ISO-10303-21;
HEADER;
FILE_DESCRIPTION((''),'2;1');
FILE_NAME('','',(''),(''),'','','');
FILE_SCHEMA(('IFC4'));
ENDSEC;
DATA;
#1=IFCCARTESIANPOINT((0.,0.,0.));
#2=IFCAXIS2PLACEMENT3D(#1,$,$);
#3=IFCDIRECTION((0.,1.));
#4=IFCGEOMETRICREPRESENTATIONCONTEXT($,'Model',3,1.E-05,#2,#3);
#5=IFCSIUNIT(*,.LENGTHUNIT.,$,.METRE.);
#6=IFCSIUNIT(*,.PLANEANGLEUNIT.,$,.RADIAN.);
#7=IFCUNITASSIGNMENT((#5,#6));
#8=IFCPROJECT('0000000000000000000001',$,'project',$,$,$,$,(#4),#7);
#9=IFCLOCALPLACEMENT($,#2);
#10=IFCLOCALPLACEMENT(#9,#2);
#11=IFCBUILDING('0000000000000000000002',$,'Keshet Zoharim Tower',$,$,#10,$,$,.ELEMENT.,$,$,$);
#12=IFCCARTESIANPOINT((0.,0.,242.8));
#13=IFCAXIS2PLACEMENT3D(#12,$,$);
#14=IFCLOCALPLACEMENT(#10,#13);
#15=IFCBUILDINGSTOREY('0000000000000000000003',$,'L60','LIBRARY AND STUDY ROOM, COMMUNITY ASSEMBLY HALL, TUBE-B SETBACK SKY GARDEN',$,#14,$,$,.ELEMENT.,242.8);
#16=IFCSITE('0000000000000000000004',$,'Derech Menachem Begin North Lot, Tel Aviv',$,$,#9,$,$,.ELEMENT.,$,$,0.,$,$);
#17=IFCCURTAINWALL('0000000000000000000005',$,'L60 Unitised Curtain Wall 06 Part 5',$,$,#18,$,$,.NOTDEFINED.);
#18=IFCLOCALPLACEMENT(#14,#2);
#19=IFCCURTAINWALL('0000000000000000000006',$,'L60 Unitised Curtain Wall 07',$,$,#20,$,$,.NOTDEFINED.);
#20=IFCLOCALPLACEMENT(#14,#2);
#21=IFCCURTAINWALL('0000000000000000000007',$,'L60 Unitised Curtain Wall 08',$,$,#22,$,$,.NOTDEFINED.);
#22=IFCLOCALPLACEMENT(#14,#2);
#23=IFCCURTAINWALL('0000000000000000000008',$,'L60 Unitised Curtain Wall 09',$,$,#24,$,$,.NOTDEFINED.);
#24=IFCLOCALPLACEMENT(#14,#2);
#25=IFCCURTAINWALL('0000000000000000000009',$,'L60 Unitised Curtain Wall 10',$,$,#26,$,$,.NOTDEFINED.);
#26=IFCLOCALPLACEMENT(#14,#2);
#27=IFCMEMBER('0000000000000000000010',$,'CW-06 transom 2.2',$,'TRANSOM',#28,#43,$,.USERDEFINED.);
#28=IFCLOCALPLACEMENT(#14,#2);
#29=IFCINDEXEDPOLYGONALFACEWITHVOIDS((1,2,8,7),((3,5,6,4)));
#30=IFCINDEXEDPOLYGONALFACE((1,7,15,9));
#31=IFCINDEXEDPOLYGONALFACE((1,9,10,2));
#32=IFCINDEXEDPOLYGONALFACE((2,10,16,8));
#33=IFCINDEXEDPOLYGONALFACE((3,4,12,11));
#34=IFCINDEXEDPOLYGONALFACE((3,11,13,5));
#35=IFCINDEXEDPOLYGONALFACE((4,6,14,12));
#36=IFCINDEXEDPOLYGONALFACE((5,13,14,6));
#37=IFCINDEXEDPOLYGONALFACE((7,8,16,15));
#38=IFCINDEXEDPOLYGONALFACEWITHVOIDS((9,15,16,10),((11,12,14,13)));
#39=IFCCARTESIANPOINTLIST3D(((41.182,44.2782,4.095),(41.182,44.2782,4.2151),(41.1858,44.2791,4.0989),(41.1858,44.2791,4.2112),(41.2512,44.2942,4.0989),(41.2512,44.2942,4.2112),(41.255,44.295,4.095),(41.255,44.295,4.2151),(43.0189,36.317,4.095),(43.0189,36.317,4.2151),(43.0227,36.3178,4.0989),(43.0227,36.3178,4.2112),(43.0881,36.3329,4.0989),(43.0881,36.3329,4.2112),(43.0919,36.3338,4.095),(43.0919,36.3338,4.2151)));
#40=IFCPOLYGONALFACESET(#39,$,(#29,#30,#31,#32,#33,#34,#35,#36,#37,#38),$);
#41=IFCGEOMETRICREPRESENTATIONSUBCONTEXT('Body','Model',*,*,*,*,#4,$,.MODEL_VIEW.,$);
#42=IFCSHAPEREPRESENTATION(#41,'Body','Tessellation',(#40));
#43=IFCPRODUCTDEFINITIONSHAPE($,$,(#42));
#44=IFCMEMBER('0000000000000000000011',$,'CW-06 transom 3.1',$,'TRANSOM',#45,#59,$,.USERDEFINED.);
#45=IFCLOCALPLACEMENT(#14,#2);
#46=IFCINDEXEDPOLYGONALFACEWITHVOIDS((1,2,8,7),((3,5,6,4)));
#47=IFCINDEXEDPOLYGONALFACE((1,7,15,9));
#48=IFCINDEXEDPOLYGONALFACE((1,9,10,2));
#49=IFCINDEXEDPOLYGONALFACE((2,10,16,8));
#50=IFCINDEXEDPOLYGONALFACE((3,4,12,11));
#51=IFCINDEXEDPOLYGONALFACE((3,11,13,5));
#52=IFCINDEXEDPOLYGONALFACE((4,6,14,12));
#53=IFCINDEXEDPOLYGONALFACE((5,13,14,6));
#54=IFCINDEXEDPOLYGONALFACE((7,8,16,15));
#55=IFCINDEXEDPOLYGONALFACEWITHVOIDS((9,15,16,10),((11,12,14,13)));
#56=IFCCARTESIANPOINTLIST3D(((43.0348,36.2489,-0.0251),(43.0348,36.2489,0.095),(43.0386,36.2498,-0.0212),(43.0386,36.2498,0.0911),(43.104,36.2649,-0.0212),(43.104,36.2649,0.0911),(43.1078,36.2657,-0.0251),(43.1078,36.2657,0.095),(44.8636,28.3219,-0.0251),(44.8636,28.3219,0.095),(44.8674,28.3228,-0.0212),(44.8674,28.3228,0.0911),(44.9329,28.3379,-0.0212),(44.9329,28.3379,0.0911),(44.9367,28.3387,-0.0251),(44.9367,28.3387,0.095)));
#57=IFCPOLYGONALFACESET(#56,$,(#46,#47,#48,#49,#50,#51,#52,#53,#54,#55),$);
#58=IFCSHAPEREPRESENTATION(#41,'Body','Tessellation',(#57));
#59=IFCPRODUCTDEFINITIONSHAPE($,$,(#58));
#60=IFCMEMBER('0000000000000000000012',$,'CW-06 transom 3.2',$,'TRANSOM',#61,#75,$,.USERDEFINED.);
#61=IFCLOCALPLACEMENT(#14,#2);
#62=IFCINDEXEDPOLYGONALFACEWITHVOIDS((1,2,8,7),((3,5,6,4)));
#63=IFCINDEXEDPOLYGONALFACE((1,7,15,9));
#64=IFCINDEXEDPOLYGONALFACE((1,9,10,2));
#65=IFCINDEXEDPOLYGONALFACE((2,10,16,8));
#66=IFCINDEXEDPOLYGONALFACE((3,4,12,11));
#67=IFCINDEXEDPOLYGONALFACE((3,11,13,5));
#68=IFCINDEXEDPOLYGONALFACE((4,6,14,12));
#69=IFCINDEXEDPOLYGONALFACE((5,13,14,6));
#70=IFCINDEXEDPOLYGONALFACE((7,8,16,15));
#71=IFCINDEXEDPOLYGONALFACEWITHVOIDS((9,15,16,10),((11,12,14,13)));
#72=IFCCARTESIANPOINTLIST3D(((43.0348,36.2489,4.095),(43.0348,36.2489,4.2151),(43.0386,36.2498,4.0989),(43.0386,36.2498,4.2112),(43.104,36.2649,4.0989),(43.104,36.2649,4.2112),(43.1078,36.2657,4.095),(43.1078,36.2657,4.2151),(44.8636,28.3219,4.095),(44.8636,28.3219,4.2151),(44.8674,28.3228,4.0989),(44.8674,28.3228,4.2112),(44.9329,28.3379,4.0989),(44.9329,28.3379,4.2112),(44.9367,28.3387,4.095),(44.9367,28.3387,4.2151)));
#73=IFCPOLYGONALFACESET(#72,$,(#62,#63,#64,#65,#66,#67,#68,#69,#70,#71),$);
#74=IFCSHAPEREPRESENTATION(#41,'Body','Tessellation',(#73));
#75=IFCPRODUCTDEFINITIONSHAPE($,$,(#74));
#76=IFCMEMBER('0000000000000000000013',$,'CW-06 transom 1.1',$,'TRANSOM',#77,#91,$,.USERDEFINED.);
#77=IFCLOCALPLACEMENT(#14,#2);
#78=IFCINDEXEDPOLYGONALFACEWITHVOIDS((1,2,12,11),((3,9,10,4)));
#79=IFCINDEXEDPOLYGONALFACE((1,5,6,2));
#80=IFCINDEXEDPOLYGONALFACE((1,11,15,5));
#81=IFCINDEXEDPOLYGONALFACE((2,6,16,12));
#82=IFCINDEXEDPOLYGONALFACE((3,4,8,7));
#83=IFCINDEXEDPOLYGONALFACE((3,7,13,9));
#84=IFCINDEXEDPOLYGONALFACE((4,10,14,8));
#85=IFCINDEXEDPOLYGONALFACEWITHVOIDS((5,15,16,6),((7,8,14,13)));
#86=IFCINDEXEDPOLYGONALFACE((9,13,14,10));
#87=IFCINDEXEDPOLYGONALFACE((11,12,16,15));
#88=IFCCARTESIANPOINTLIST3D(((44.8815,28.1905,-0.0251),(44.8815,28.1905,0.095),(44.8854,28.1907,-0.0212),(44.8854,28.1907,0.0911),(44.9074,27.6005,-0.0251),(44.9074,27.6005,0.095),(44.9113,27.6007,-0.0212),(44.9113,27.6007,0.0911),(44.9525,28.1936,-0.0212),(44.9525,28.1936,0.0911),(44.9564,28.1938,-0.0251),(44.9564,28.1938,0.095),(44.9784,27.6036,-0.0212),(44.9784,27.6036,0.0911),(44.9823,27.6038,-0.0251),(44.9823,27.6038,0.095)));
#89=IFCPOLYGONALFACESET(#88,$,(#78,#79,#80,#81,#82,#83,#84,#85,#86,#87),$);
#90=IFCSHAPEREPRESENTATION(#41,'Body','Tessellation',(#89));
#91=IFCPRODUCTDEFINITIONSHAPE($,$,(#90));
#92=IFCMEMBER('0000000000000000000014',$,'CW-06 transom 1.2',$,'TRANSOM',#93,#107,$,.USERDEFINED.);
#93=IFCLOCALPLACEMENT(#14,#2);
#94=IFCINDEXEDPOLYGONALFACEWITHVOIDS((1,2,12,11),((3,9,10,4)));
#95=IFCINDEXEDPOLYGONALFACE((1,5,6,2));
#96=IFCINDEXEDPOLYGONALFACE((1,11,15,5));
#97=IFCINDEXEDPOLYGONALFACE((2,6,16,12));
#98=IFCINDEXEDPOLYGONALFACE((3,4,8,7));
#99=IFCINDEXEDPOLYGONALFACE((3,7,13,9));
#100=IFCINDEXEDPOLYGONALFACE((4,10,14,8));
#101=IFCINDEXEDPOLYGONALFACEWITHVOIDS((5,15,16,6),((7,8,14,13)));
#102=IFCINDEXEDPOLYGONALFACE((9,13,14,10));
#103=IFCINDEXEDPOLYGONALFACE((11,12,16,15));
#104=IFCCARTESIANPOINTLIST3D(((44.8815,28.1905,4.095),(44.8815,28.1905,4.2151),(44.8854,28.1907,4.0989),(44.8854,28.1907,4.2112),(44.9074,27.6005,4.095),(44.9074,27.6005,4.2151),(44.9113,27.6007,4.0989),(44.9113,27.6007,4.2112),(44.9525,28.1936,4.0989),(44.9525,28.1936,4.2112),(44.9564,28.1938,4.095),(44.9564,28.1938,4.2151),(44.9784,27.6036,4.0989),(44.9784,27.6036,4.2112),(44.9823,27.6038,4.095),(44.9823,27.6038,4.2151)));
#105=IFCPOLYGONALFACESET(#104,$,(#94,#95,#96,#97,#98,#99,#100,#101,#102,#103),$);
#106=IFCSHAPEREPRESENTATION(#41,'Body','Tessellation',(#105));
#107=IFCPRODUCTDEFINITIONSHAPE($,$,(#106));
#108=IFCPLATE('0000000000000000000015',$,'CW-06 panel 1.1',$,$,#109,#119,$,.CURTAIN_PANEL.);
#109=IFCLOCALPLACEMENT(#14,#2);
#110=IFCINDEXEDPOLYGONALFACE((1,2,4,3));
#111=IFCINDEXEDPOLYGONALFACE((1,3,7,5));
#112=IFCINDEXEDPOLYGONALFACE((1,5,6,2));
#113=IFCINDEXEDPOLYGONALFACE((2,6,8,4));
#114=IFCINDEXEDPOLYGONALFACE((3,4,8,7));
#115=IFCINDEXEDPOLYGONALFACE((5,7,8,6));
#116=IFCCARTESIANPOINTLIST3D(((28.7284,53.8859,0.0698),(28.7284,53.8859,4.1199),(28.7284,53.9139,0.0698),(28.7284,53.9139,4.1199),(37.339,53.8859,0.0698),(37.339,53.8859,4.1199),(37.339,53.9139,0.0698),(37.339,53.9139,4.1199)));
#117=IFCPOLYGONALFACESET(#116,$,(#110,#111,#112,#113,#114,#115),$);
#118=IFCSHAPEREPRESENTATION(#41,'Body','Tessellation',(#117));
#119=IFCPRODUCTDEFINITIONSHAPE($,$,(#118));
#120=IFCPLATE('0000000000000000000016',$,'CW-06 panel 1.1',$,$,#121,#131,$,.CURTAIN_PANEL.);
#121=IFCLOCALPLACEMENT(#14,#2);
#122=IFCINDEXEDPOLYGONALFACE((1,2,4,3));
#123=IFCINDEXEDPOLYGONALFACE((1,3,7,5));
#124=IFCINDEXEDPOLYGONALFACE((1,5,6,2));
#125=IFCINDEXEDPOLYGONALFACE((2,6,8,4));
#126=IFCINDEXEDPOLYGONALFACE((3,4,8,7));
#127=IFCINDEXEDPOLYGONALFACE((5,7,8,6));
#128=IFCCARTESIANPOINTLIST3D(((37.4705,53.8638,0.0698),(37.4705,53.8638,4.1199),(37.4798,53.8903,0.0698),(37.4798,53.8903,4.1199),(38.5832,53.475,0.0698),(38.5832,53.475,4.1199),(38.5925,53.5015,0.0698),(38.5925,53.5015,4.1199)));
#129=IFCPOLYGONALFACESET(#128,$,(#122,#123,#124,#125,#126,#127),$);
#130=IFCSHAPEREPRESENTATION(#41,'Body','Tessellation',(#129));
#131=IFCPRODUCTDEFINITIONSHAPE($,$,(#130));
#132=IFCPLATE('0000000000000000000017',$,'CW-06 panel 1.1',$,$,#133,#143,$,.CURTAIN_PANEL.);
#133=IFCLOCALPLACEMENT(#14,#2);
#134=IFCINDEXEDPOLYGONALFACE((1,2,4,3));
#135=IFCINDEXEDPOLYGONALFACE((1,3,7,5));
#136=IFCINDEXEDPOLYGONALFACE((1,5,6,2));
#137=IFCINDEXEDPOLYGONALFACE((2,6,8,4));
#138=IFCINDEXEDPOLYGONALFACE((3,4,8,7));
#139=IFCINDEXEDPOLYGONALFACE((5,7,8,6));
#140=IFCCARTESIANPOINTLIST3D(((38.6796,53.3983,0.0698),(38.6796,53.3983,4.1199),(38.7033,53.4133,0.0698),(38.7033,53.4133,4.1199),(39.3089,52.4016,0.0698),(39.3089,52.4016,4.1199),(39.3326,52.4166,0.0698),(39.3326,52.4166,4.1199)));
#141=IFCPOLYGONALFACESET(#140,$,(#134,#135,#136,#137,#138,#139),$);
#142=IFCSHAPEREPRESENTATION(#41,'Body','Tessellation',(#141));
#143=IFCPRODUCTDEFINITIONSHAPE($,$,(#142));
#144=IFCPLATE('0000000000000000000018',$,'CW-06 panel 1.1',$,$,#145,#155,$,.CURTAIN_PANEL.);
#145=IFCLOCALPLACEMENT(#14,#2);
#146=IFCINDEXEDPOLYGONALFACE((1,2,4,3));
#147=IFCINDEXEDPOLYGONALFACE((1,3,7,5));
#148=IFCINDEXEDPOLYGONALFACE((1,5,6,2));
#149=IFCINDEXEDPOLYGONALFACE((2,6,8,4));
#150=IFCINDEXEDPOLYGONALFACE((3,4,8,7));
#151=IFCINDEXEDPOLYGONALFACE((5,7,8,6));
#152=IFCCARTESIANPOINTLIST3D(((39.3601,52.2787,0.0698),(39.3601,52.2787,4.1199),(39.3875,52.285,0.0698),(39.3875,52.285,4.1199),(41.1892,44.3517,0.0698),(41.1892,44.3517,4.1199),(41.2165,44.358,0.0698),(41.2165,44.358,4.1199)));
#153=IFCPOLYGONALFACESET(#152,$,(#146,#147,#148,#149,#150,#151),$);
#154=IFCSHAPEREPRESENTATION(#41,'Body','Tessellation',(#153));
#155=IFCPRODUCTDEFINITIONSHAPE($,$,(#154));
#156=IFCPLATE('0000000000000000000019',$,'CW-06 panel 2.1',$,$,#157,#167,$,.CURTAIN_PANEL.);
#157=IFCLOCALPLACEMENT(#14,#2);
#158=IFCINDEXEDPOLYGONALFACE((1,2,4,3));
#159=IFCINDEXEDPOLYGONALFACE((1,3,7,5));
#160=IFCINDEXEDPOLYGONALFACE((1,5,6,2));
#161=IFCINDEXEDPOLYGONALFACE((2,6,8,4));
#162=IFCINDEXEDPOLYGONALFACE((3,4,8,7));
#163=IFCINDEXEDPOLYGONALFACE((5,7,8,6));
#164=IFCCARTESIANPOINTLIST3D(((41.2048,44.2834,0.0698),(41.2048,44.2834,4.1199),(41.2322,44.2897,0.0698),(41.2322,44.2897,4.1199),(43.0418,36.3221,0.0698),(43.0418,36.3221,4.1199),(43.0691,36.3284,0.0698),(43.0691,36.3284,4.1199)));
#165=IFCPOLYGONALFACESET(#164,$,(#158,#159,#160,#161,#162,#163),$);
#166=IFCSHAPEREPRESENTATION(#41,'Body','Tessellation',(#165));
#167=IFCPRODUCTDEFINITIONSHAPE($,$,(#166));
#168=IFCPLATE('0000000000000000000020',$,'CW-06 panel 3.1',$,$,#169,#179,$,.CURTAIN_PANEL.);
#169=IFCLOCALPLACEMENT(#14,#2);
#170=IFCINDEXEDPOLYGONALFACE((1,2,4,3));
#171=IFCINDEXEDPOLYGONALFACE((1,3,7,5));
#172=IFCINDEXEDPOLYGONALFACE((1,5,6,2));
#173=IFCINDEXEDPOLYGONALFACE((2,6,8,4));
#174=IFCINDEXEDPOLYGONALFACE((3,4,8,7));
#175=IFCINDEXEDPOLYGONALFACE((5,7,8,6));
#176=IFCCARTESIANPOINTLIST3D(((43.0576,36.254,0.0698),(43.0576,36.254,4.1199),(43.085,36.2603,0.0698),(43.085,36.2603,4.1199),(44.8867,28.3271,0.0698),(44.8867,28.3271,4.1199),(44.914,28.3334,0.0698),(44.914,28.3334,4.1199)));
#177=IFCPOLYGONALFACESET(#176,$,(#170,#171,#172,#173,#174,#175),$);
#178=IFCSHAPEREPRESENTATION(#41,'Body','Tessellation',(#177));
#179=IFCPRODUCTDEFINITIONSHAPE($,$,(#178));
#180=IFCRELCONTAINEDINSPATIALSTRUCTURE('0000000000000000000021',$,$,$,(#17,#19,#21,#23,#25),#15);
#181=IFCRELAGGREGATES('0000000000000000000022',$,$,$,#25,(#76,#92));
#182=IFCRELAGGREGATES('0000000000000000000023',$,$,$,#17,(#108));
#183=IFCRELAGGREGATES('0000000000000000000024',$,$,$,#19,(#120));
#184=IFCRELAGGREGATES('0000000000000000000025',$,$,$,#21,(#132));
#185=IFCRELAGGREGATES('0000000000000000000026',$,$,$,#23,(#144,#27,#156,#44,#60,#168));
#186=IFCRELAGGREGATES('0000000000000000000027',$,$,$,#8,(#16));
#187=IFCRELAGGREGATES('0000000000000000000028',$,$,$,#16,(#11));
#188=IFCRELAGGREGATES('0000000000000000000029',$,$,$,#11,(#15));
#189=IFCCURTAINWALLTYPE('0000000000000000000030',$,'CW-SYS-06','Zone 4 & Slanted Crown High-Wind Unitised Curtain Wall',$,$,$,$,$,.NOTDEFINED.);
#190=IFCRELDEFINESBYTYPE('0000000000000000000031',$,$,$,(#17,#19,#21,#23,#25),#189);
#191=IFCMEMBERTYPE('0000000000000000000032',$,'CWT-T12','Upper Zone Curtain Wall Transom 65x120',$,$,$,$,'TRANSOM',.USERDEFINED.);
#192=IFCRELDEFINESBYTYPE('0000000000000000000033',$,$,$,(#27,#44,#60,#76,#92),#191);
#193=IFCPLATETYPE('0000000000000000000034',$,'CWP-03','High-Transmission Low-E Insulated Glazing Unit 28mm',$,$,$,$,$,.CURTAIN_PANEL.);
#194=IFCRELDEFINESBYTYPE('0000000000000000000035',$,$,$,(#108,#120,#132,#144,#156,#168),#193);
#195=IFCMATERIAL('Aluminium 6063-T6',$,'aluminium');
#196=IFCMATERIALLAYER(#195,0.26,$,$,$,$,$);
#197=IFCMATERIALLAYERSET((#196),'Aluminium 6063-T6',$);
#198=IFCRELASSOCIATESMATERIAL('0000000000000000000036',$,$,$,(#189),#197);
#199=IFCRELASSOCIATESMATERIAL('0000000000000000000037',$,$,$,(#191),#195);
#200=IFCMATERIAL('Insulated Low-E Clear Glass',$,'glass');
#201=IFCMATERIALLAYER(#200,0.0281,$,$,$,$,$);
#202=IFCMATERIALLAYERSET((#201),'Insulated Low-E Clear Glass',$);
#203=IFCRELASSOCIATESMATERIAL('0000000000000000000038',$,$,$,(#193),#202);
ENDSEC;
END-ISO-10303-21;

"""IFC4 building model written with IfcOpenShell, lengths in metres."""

from ifc_helpers import new_model, si_unit, direction, frame, origin, origin_2d, place, context, subcontext, project, spatial, rectangle, hollow_rectangle, extrude, material, layer, layer_set, material_profile, profile_set, type_object, element, aggregate, save


model = new_model("IFC4")

# Units and contexts
model_context = context("Model", 3, precision=1e-05, world=origin(), true_north=direction((0.0, 1.0)))
body_context = subcontext(model_context, "Body", "Model", "MODEL_VIEW")
ifc_project = project(units=[si_unit("LENGTHUNIT", "METRE"), si_unit("PLANEANGLEUNIT", "RADIAN")], contexts=[model_context])

# Site, building, storey
site_placement = place(None, origin())
site = spatial("IfcSite", under=ifc_project, at=site_placement, Name="Derech Menachem Begin North Lot, Tel Aviv", CompositionType="ELEMENT", RefElevation=0.0)
building_placement = place(site_placement, origin())
building = spatial("IfcBuilding", under=site, at=building_placement, Name="Keshet Zoharim Tower", CompositionType="ELEMENT")
storey_placement = place(building_placement, frame((0.0, 0.0, 242.8)))
storey = spatial("IfcBuildingStorey", under=building, at=storey_placement, Name="L60", Description="LIBRARY AND STUDY ROOM, COMMUNITY ASSEMBLY HALL, TUBE-B SETBACK SKY GARDEN", CompositionType="ELEMENT", Elevation=242.8)

# Curtain wall
ifc_material_1 = material(Name="Aluminium 6063-T6", Category="aluminium")
ifc_layer_1 = layer(ifc_material_1, 0.26)
ifc_layer_set_1 = layer_set([ifc_layer_1], Name="Aluminium 6063-T6")
curtain_wall_type = type_object("IfcCurtainWallType", Name="CW-SYS-06", Description="Zone 4 & Slanted Crown High-Wind Unitised Curtain Wall", PredefinedType="NOTDEFINED", material=ifc_layer_set_1)
curtain_wall_1_placement = place(storey_placement, origin())
curtain_wall_1 = element("IfcCurtainWall", 1, at=curtain_wall_1_placement, inside=storey, type_object=curtain_wall_type, Name="L60 Unitised Curtain Wall 06 Part 5", PredefinedType="NOTDEFINED")

# Curtain walls
curtain_wall_2_placement = place(storey_placement, origin())
curtain_wall_2 = element("IfcCurtainWall", 2, at=curtain_wall_2_placement, inside=storey, type_object=curtain_wall_type, Name="L60 Unitised Curtain Wall 07", PredefinedType="NOTDEFINED")
curtain_wall_3_placement = place(storey_placement, origin())
curtain_wall_3 = element("IfcCurtainWall", 3, at=curtain_wall_3_placement, inside=storey, type_object=curtain_wall_type, Name="L60 Unitised Curtain Wall 08", PredefinedType="NOTDEFINED")
curtain_wall_4_placement = place(storey_placement, origin())
curtain_wall_4 = element("IfcCurtainWall", 4, at=curtain_wall_4_placement, inside=storey, type_object=curtain_wall_type, Name="L60 Unitised Curtain Wall 09", PredefinedType="NOTDEFINED")

# Curtain wall
curtain_wall_5_placement = place(storey_placement, origin())
curtain_wall_5 = element("IfcCurtainWall", 5, at=curtain_wall_5_placement, inside=storey, type_object=curtain_wall_type, Name="L60 Unitised Curtain Wall 10", PredefinedType="NOTDEFINED")

# Members
ifc_material_profile_1 = material_profile(ifc_material_1, hollow_rectangle(XDim=0.075, YDim=0.1201, WallThickness=0.0039, at=origin_2d()), Name="TRN-75x120")
ifc_profile_set_1 = profile_set([ifc_material_profile_1], Name="Aluminium 6063-T6")
member_type_1 = type_object("IfcMemberType", Name="CWT-T12", Description="Upper Zone Curtain Wall Transom 65x120", ElementType="TRANSOM", PredefinedType="USERDEFINED", material=ifc_profile_set_1)
member_1_placement = place(storey_placement, frame((41.2185, 44.2866, 4.155), z_axis=(0.224827, -0.974399, 0.0), x_axis=(0.974399, 0.224827, 0.0)))
member_1 = element("IfcMember", 6, at=member_1_placement, type_object=member_type_1, Name="CW-06 transom 2.2", ObjectType="TRANSOM", PredefinedType="USERDEFINED", context=body_context, shape_type="SweptSolid", body=[
    extrude(hollow_rectangle(XDim=0.075, YDim=0.1201, WallThickness=0.0039, at=origin_2d()), origin(), (0.0, 0.0, 1.0), 8.1704),
])
member_2_placement = place(storey_placement, frame((43.0713, 36.2573, 0.0349), z_axis=(0.224807, -0.974403, 0.0), x_axis=(0.974403, 0.224807, 0.0)))
member_2 = element("IfcMember", 7, at=member_2_placement, type_object=member_type_1, Name="CW-06 transom 3.1", ObjectType="TRANSOM", PredefinedType="USERDEFINED", context=body_context, shape_type="SweptSolid", body=[
    extrude(hollow_rectangle(XDim=0.075, YDim=0.1201, WallThickness=0.0039, at=origin_2d()), origin(), (0.0, 0.0, 1.0), 8.1353),
])
member_3_placement = place(storey_placement, frame((43.0713, 36.2573, 4.155), z_axis=(0.224807, -0.974403, 0.0), x_axis=(0.974403, 0.224807, 0.0)))
member_3 = element("IfcMember", 8, at=member_3_placement, type_object=member_type_1, Name="CW-06 transom 3.2", ObjectType="TRANSOM", PredefinedType="USERDEFINED", context=body_context, shape_type="SweptSolid", body=[
    extrude(hollow_rectangle(XDim=0.075, YDim=0.1201, WallThickness=0.0039, at=origin_2d()), origin(), (0.0, 0.0, 1.0), 8.1353),
])
member_4_placement = place(storey_placement, frame((44.9189, 28.1921, 0.0349), z_axis=(0.043814, -0.99904, 0.0), x_axis=(0.99904, 0.043814, 0.0)))
member_4 = element("IfcMember", 9, at=member_4_placement, type_object=member_type_1, Name="CW-06 transom 1.1", ObjectType="TRANSOM", PredefinedType="USERDEFINED", context=body_context, shape_type="SweptSolid", body=[
    extrude(hollow_rectangle(XDim=0.075, YDim=0.1201, WallThickness=0.0039, at=origin_2d()), origin(), (0.0, 0.0, 1.0), 0.5906),
])
member_5_placement = place(storey_placement, frame((44.9189, 28.1921, 4.155), z_axis=(0.043814, -0.99904, 0.0), x_axis=(0.99904, 0.043814, 0.0)))
member_5 = element("IfcMember", 10, at=member_5_placement, type_object=member_type_1, Name="CW-06 transom 1.2", ObjectType="TRANSOM", PredefinedType="USERDEFINED", context=body_context, shape_type="SweptSolid", body=[
    extrude(hollow_rectangle(XDim=0.075, YDim=0.1201, WallThickness=0.0039, at=origin_2d()), origin(), (0.0, 0.0, 1.0), 0.5906),
])
aggregate(curtain_wall_5, [member_4, member_5])

# Plates
ifc_material_2 = material(Name="Insulated Low-E Clear Glass", Category="glass")
ifc_layer_2 = layer(ifc_material_2, 0.0281)
ifc_layer_set_2 = layer_set([ifc_layer_2], Name="Insulated Low-E Clear Glass")
plate_type = type_object("IfcPlateType", Name="CWP-03", Description="High-Transmission Low-E Insulated Glazing Unit 28mm", PredefinedType="CURTAIN_PANEL", material=ifc_layer_set_2)
plate_1_placement = place(storey_placement, frame((33.0337, 53.8999, 0.0698), z_axis=(0.0, 0.0, 1.0), x_axis=(1.0, 0.0, 0.0)))
plate_1 = element("IfcPlate", 11, at=plate_1_placement, type_object=plate_type, Name="CW-06 panel 1.1", PredefinedType="CURTAIN_PANEL", context=body_context, shape_type="SweptSolid", body=[
    extrude(rectangle(XDim=8.6106, YDim=0.0281, at=origin_2d()), origin(), (0.0, 0.0, 1.0), 4.05),
])
aggregate(curtain_wall_1, [plate_1])
plate_2_placement = place(storey_placement, frame((38.0315, 53.6826, 0.0698), z_axis=(0.0, 0.0, 1.0), x_axis=(0.944036, -0.329844, 0.0)))
plate_2 = element("IfcPlate", 12, at=plate_2_placement, type_object=plate_type, Name="CW-06 panel 1.1", PredefinedType="CURTAIN_PANEL", context=body_context, shape_type="SweptSolid", body=[
    extrude(rectangle(XDim=1.1787, YDim=0.0281, at=origin_2d()), origin(), (0.0, 0.0, 1.0), 4.05),
])
aggregate(curtain_wall_2, [plate_2])
plate_3_placement = place(storey_placement, frame((39.0061, 52.9075, 0.0698), z_axis=(0.0, 0.0, 1.0), x_axis=(0.533879, -0.845561, 0.0)))
plate_3 = element("IfcPlate", 13, at=plate_3_placement, type_object=plate_type, Name="CW-06 panel 1.1", PredefinedType="CURTAIN_PANEL", context=body_context, shape_type="SweptSolid", body=[
    extrude(rectangle(XDim=1.1787, YDim=0.0281, at=origin_2d()), origin(), (0.0, 0.0, 1.0), 4.05),
])
aggregate(curtain_wall_3, [plate_3])
plate_4_placement = place(storey_placement, frame((40.2883, 48.3184, 0.0698), z_axis=(0.0, 0.0, 1.0), x_axis=(0.22483, -0.974398, 0.0)))
plate_4 = element("IfcPlate", 14, at=plate_4_placement, type_object=plate_type, Name="CW-06 panel 1.1", PredefinedType="CURTAIN_PANEL", context=body_context, shape_type="SweptSolid", body=[
    extrude(rectangle(XDim=8.1353, YDim=0.0281, at=origin_2d()), origin(), (0.0, 0.0, 1.0), 4.05),
])
plate_5_placement = place(storey_placement, frame((42.137, 40.3059, 0.0698), z_axis=(0.0, 0.0, 1.0), x_axis=(0.22483, -0.974398, 0.0)))
plate_5 = element("IfcPlate", 15, at=plate_5_placement, type_object=plate_type, Name="CW-06 panel 2.1", PredefinedType="CURTAIN_PANEL", context=body_context, shape_type="SweptSolid", body=[
    extrude(rectangle(XDim=8.1704, YDim=0.0281, at=origin_2d()), origin(), (0.0, 0.0, 1.0), 4.05),
])
plate_6_placement = place(storey_placement, frame((43.9858, 32.2937, 0.0698), z_axis=(0.0, 0.0, 1.0), x_axis=(0.22483, -0.974398, 0.0)))
plate_6 = element("IfcPlate", 16, at=plate_6_placement, type_object=plate_type, Name="CW-06 panel 3.1", PredefinedType="CURTAIN_PANEL", context=body_context, shape_type="SweptSolid", body=[
    extrude(rectangle(XDim=8.1353, YDim=0.0281, at=origin_2d()), origin(), (0.0, 0.0, 1.0), 4.05),
])
aggregate(curtain_wall_4, [plate_4, member_1, plate_5, member_2, member_3, plate_6])

save(model, "model.ifc")
